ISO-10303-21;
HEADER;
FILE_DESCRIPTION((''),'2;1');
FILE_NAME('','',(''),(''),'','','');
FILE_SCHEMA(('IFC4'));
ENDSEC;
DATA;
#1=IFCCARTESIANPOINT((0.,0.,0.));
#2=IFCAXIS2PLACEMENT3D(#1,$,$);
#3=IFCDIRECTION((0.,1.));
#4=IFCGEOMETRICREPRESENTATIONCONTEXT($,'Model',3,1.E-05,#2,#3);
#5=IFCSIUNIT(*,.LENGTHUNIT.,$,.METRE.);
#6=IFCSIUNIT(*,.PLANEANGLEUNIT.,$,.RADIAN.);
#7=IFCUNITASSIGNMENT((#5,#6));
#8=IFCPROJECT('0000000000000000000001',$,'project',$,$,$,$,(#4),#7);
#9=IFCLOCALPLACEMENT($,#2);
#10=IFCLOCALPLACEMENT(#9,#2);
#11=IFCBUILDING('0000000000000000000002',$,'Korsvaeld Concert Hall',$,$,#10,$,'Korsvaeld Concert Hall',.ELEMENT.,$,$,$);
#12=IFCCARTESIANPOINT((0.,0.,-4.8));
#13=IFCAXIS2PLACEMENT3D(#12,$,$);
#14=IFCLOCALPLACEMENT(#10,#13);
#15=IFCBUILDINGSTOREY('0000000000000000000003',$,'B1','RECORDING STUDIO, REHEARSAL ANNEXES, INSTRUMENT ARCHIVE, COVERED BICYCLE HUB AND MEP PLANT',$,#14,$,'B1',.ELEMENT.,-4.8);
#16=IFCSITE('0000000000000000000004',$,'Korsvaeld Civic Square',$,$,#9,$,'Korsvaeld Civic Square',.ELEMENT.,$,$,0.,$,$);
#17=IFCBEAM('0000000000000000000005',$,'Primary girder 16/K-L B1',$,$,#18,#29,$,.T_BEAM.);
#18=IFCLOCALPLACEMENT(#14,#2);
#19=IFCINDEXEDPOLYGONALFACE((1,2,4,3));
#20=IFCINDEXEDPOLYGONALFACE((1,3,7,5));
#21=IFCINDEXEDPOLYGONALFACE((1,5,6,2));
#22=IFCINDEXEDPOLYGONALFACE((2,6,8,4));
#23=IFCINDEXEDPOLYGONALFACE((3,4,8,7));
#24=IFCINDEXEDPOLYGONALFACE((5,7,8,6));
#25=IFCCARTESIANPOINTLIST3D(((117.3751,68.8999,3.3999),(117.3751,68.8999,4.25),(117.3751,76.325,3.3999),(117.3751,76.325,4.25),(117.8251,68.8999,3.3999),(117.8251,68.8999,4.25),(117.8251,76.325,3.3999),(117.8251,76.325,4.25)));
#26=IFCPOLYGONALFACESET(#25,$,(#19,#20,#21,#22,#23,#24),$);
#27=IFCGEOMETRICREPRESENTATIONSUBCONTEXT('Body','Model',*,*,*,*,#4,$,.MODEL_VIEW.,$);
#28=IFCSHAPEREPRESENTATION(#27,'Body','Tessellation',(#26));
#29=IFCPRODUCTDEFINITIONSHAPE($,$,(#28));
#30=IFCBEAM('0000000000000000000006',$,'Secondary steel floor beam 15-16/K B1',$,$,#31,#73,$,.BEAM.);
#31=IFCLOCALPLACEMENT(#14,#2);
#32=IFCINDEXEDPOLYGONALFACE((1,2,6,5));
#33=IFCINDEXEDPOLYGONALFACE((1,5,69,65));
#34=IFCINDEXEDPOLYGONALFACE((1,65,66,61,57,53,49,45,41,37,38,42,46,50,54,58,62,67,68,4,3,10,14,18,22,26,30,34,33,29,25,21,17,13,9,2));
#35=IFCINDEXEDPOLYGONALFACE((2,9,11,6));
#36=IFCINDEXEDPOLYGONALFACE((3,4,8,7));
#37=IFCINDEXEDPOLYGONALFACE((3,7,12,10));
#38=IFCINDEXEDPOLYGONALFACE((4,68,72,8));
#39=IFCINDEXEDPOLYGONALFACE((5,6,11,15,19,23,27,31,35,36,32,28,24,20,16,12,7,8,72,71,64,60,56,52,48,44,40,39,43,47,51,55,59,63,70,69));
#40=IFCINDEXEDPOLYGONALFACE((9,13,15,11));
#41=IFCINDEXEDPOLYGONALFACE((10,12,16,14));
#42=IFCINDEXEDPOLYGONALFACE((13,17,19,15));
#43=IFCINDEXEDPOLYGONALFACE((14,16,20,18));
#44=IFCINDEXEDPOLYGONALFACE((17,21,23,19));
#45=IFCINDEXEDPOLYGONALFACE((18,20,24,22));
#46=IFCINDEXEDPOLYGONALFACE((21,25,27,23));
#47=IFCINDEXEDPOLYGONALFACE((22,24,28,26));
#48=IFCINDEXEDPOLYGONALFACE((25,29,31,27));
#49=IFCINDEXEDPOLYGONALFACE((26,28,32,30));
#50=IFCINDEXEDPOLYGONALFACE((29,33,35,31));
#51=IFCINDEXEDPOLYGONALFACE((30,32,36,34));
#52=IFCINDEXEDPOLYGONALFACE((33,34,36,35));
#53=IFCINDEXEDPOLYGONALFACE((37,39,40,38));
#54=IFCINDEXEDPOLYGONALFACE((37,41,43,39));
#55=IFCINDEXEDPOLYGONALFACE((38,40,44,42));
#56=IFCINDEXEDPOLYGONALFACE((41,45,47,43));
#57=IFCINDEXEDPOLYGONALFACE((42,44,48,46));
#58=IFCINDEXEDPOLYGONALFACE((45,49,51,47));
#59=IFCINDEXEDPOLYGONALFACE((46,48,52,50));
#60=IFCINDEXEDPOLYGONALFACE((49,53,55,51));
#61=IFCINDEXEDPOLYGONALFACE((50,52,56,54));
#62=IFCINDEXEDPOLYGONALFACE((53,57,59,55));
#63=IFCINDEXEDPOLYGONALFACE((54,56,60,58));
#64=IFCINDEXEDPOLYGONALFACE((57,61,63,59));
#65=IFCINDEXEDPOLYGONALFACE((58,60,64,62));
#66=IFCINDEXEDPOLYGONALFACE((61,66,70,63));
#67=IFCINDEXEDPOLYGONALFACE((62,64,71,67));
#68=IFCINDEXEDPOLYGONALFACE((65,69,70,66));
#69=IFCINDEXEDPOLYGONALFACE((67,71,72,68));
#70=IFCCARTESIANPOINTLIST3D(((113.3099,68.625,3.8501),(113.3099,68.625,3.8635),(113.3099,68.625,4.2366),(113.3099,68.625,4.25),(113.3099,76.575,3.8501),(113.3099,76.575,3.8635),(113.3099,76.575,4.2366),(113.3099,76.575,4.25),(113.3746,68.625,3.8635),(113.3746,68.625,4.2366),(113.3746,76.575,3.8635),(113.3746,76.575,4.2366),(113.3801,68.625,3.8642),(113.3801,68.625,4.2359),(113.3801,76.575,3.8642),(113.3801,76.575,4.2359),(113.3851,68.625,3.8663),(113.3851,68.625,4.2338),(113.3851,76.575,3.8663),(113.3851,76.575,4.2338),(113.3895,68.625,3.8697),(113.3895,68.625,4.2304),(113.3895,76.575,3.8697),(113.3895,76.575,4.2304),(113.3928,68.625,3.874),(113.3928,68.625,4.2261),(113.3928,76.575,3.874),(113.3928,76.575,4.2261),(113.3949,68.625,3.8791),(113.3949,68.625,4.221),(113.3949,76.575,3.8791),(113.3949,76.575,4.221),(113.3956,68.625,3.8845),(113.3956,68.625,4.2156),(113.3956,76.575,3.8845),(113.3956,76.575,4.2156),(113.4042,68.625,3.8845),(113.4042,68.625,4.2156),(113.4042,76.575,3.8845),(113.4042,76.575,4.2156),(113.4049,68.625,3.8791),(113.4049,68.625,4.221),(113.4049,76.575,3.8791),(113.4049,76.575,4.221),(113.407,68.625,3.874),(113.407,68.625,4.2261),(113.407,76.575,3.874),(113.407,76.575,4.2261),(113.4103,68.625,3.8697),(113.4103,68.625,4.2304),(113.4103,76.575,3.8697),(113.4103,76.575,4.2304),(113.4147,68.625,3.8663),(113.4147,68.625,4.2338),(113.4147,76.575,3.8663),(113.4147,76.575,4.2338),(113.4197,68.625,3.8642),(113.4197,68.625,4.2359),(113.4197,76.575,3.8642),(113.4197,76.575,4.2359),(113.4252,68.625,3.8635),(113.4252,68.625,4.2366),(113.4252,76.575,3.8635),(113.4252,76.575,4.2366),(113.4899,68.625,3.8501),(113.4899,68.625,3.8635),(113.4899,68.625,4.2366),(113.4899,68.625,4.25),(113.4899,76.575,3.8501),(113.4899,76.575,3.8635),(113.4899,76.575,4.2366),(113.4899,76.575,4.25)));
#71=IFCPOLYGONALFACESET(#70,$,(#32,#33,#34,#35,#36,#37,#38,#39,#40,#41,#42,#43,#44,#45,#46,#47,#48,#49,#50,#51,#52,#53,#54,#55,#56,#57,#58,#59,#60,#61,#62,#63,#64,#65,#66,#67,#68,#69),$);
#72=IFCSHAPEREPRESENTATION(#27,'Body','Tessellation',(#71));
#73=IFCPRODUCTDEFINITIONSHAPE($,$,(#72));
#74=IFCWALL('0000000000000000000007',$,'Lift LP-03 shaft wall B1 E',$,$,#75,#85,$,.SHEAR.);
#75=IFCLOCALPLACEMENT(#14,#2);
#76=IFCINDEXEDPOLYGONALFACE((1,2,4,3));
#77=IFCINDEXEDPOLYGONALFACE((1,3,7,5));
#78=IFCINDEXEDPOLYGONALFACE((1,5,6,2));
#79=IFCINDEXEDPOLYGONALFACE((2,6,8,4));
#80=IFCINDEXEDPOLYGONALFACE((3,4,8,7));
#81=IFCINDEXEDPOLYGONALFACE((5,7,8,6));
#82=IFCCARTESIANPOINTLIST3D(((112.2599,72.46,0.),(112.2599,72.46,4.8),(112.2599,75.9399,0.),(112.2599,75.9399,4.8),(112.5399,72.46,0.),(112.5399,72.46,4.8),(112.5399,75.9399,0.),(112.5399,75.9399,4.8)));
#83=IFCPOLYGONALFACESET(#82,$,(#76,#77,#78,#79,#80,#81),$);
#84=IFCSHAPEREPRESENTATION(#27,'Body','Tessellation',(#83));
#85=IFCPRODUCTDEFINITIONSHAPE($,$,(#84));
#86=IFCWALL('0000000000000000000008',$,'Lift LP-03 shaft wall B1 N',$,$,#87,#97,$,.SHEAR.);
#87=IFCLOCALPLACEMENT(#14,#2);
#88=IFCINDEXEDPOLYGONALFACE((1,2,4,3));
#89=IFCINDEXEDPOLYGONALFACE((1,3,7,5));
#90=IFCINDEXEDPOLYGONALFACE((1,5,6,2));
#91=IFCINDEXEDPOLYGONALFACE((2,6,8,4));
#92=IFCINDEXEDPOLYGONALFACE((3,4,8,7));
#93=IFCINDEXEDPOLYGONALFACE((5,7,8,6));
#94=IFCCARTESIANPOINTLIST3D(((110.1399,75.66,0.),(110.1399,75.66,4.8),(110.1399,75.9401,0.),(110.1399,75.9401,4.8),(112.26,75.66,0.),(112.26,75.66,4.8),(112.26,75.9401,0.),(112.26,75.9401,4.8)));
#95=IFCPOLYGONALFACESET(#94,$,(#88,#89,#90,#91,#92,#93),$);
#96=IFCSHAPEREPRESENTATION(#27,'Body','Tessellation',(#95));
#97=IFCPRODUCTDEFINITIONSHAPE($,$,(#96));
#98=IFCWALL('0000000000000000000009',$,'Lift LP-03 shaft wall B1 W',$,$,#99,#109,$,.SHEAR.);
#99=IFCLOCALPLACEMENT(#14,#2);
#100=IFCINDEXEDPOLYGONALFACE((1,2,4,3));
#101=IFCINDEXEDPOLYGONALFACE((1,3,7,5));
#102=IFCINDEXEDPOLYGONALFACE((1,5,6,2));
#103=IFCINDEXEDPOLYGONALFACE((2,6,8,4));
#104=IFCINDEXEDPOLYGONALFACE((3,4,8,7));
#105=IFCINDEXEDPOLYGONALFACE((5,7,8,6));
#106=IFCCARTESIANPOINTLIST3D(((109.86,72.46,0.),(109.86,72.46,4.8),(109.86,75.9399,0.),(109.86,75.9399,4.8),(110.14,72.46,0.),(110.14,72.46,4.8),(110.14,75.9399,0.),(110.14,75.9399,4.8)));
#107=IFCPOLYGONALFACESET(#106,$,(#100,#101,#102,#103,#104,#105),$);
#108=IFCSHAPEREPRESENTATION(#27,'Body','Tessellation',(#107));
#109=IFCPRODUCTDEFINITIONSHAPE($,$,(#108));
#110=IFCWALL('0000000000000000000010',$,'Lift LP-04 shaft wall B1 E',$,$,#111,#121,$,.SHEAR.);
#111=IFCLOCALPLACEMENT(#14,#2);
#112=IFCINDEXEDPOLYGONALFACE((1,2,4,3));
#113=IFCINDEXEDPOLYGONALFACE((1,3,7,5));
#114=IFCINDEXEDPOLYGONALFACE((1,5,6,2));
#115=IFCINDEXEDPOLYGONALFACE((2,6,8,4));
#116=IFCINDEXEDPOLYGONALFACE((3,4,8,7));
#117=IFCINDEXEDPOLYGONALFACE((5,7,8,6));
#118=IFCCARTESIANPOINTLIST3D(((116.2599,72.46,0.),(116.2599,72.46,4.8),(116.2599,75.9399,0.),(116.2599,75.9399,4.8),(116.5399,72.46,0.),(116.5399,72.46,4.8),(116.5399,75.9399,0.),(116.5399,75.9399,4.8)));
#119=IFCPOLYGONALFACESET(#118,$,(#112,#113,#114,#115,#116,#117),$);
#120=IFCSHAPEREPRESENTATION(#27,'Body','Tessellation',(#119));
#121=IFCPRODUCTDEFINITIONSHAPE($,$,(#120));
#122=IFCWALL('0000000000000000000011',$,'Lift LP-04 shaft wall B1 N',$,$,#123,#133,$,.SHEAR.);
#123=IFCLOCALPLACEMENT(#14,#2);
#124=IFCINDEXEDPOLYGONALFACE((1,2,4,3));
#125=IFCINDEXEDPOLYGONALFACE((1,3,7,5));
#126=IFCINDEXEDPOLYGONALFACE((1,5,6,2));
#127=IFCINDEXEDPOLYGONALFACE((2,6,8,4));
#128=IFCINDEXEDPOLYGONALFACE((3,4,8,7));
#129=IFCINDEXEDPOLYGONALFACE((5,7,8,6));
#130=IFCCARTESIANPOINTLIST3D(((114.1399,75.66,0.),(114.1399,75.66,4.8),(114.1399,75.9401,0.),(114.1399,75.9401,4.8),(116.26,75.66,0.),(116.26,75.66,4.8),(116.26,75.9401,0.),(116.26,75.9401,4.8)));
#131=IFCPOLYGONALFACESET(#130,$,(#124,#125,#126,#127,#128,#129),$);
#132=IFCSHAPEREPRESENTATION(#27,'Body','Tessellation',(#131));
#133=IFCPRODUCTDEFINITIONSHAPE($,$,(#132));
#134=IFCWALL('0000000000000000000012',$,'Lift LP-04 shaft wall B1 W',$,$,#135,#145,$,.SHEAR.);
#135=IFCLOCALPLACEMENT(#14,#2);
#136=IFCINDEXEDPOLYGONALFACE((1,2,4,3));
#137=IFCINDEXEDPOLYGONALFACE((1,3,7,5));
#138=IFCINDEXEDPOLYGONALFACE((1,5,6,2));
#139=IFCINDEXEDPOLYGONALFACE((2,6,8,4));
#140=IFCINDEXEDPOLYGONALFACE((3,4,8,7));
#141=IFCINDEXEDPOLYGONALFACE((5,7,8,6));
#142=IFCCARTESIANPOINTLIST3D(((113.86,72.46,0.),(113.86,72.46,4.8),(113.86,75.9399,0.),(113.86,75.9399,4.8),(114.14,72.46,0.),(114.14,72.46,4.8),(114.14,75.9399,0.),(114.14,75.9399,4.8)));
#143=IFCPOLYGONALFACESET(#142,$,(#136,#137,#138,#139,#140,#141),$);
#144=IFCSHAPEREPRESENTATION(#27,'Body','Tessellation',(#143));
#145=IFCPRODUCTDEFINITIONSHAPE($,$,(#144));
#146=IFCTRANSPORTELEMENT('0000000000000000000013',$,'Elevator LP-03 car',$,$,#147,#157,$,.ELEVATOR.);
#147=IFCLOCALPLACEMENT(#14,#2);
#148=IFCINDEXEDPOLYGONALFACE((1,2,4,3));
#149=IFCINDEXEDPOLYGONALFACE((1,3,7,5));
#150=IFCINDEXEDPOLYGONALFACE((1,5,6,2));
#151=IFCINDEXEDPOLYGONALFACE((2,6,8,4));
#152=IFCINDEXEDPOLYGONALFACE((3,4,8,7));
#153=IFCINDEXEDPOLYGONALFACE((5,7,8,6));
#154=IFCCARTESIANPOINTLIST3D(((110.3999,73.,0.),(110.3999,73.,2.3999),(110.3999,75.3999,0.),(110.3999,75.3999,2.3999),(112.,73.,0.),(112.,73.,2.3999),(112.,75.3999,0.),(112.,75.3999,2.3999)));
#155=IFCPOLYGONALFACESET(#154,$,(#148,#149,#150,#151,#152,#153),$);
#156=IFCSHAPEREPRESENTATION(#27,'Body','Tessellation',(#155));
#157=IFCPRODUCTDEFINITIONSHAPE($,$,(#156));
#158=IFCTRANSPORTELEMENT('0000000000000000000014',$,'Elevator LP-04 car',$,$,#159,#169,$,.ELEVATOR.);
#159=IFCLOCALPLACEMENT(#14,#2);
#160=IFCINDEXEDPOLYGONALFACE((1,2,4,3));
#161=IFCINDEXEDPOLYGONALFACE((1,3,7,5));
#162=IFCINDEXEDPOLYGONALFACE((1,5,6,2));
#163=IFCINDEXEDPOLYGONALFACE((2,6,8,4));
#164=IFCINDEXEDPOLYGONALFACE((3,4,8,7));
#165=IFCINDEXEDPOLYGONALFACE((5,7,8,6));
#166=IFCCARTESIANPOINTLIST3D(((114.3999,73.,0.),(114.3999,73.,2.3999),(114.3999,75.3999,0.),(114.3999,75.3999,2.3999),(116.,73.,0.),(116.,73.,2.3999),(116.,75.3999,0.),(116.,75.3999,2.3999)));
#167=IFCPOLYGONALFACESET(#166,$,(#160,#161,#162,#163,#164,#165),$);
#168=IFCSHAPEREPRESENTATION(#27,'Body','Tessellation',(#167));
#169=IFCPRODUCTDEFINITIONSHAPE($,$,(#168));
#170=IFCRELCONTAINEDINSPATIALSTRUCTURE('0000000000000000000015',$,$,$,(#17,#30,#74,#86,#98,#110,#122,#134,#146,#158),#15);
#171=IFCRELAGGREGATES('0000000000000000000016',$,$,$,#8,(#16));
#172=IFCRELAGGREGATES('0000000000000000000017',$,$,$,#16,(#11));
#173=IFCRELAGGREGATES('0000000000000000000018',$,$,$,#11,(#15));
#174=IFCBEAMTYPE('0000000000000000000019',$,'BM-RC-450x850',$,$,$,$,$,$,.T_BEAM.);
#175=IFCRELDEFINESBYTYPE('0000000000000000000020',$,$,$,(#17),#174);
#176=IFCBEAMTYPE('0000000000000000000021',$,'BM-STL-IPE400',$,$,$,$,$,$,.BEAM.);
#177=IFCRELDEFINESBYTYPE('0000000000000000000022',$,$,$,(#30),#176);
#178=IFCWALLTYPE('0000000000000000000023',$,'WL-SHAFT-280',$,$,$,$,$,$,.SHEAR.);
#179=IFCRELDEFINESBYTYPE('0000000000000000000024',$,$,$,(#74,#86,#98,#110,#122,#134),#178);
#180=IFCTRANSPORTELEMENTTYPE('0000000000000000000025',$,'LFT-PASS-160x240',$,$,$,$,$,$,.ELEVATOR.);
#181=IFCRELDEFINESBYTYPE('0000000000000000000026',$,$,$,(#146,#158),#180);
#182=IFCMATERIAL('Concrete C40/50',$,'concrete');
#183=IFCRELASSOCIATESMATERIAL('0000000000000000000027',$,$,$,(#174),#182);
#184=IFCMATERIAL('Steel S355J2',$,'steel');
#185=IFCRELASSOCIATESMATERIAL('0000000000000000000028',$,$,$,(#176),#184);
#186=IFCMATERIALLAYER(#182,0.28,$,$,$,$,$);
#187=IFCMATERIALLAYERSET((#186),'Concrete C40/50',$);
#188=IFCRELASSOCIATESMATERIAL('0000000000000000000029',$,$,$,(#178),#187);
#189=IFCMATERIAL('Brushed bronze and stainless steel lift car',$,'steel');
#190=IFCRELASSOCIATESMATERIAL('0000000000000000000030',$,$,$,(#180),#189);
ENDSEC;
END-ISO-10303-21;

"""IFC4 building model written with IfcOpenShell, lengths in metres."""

from ifc_helpers import new_model, si_unit, direction, frame, frame_2d, origin, origin_2d, place, context, subcontext, project, spatial, rectangle, i_section, extrude, material, layer, layer_set, material_profile, profile_set, type_object, element, save


model = new_model("IFC4")

# Units and contexts
model_context = context("Model", 3, precision=1e-05, world=origin(), true_north=direction((0.0, 1.0)))
body_context = subcontext(model_context, "Body", "Model", "MODEL_VIEW")
ifc_project = project(units=[si_unit("LENGTHUNIT", "METRE"), si_unit("PLANEANGLEUNIT", "RADIAN")], contexts=[model_context])

# Site, building, storey
site_placement = place(None, origin())
site = spatial("IfcSite", under=ifc_project, at=site_placement, Name="Korsvaeld Civic Square", LongName="Korsvaeld Civic Square", CompositionType="ELEMENT", RefElevation=0.0)
building_placement = place(site_placement, origin())
building = spatial("IfcBuilding", under=site, at=building_placement, Name="Korsvaeld Concert Hall", LongName="Korsvaeld Concert Hall", CompositionType="ELEMENT")
storey_placement = place(building_placement, frame((0.0, 0.0, -4.8)))
storey = spatial("IfcBuildingStorey", under=building, at=storey_placement, Name="B1", Description="RECORDING STUDIO, REHEARSAL ANNEXES, INSTRUMENT ARCHIVE, COVERED BICYCLE HUB AND MEP PLANT", LongName="B1", CompositionType="ELEMENT", Elevation=-4.8)

# Beams
ifc_material_1 = material(Name="Concrete C40/50", Category="concrete")
ifc_material_profile_1 = material_profile(ifc_material_1, rectangle(XDim=0.45, YDim=0.8501, at=origin_2d()), Name="RC 450x850")
ifc_profile_set_1 = profile_set([ifc_material_profile_1], Name="Concrete C40/50")
beam_type_1 = type_object("IfcBeamType", Name="BM-RC-450x850", PredefinedType="T_BEAM", material=ifc_profile_set_1)
beam_1_placement = place(storey_placement, frame((117.6001, 68.8999, 3.825), z_axis=(0.0, 1.0, 0.0), x_axis=(-1.0, 0.0, 0.0)))
element("IfcBeam", 1, at=beam_1_placement, inside=storey, type_object=beam_type_1, Name="Primary girder 16/K-L B1", PredefinedType="T_BEAM", context=body_context, shape_type="SweptSolid", body=[
    extrude(rectangle(XDim=0.45, YDim=0.8501, at=origin_2d()), origin(), (0.0, 0.0, 1.0), 7.425),
])
ifc_material_2 = material(Name="Steel S355J2", Category="steel")
ifc_material_profile_2 = material_profile(ifc_material_2, i_section(OverallWidth=0.1799, OverallDepth=0.3999, WebThickness=0.0085, FlangeThickness=0.0134, FilletRadius=0.021, at=origin_2d()), Name="IPE 400")
ifc_profile_set_2 = profile_set([ifc_material_profile_2], Name="Steel S355J2")
beam_type_2 = type_object("IfcBeamType", Name="BM-STL-IPE400", PredefinedType="BEAM", material=ifc_profile_set_2)
beam_2_placement = place(storey_placement, frame((113.3999, 68.625, 4.05), z_axis=(0.0, 1.0, 0.0), x_axis=(-1.0, 0.0, 0.0)))
element("IfcBeam", 2, at=beam_2_placement, inside=storey, type_object=beam_type_2, Name="Secondary steel floor beam 15-16/K B1", PredefinedType="BEAM", context=body_context, shape_type="SweptSolid", body=[
    extrude(i_section(OverallWidth=0.1799, OverallDepth=0.3999, WebThickness=0.0085, FlangeThickness=0.0134, FilletRadius=0.021, at=origin_2d()), origin(), (0.0, 0.0, 1.0), 7.95),
])

# Shared definitions
ifc_layer = layer(ifc_material_1, 0.28)
ifc_layer_set = layer_set([ifc_layer], Name="Concrete C40/50")
wall_type = type_object("IfcWallType", Name="WL-SHAFT-280", PredefinedType="SHEAR", material=ifc_layer_set)

# Walls
wall_1_placement = place(storey_placement, frame((112.3999, 72.46, 0.0), z_axis=(0.0, 0.0, 1.0), x_axis=(0.0, 1.0, 0.0)))
element("IfcWall", 3, at=wall_1_placement, inside=storey, type_object=wall_type, Name="Lift LP-03 shaft wall B1 E", PredefinedType="SHEAR", context=body_context, shape_type="SweptSolid", body=[
    extrude(rectangle(XDim=3.48, YDim=0.28, at=frame_2d((1.74, 0.0))), origin(), (0.0, 0.0, 1.0), 4.8),
])
wall_2_placement = place(storey_placement, frame((112.26, 75.8, 0.0), z_axis=(0.0, 0.0, 1.0), x_axis=(-1.0, 0.0, 0.0)))
element("IfcWall", 4, at=wall_2_placement, inside=storey, type_object=wall_type, Name="Lift LP-03 shaft wall B1 N", PredefinedType="SHEAR", context=body_context, shape_type="SweptSolid", body=[
    extrude(rectangle(XDim=2.1201, YDim=0.28, at=frame_2d((1.0601, 0.0))), origin(), (0.0, 0.0, 1.0), 4.8),
])
wall_3_placement = place(storey_placement, frame((110.0, 75.9399, 0.0), z_axis=(0.0, 0.0, 1.0), x_axis=(0.0, -1.0, 0.0)))
element("IfcWall", 5, at=wall_3_placement, inside=storey, type_object=wall_type, Name="Lift LP-03 shaft wall B1 W", PredefinedType="SHEAR", context=body_context, shape_type="SweptSolid", body=[
    extrude(rectangle(XDim=3.48, YDim=0.28, at=frame_2d((1.74, 0.0))), origin(), (0.0, 0.0, 1.0), 4.8),
])

# Walls
wall_4_placement = place(storey_placement, frame((116.3999, 72.46, 0.0), z_axis=(0.0, 0.0, 1.0), x_axis=(0.0, 1.0, 0.0)))
element("IfcWall", 6, at=wall_4_placement, inside=storey, type_object=wall_type, Name="Lift LP-04 shaft wall B1 E", PredefinedType="SHEAR", context=body_context, shape_type="SweptSolid", body=[
    extrude(rectangle(XDim=3.48, YDim=0.28, at=frame_2d((1.74, 0.0))), origin(), (0.0, 0.0, 1.0), 4.8),
])
wall_5_placement = place(storey_placement, frame((116.26, 75.8, 0.0), z_axis=(0.0, 0.0, 1.0), x_axis=(-1.0, 0.0, 0.0)))
element("IfcWall", 7, at=wall_5_placement, inside=storey, type_object=wall_type, Name="Lift LP-04 shaft wall B1 N", PredefinedType="SHEAR", context=body_context, shape_type="SweptSolid", body=[
    extrude(rectangle(XDim=2.1201, YDim=0.28, at=frame_2d((1.0601, 0.0))), origin(), (0.0, 0.0, 1.0), 4.8),
])
wall_6_placement = place(storey_placement, frame((114.0, 75.9399, 0.0), z_axis=(0.0, 0.0, 1.0), x_axis=(0.0, -1.0, 0.0)))
element("IfcWall", 8, at=wall_6_placement, inside=storey, type_object=wall_type, Name="Lift LP-04 shaft wall B1 W", PredefinedType="SHEAR", context=body_context, shape_type="SweptSolid", body=[
    extrude(rectangle(XDim=3.48, YDim=0.28, at=frame_2d((1.74, 0.0))), origin(), (0.0, 0.0, 1.0), 4.8),
])

# Transport elements
ifc_material_3 = material(Name="Brushed bronze and stainless steel lift car", Category="steel")
transport_element_type = type_object("IfcTransportElementType", Name="LFT-PASS-160x240", PredefinedType="ELEVATOR", material=ifc_material_3)
for number, where, z_axis, x_axis, name in (
    (9, (111.2, 74.2, 0.0), (0.0, 0.0, 1.0), (1.0, 0.0, 0.0), "Elevator LP-03 car"),
    (10, (115.2, 74.2, 0.0), (0.0, 0.0, 1.0), (1.0, 0.0, 0.0), "Elevator LP-04 car"),
):
    element("IfcTransportElement", number, at=place(storey_placement, frame(where, z_axis=z_axis, x_axis=x_axis)), inside=storey, type_object=transport_element_type, Name=name, PredefinedType="ELEVATOR", context=body_context, shape_type="SweptSolid", body=[
        extrude(rectangle(XDim=1.6001, YDim=2.3999, at=origin_2d()), origin(), (0.0, 0.0, 1.0), 2.3999),
    ])

save(model, "model.ifc")
